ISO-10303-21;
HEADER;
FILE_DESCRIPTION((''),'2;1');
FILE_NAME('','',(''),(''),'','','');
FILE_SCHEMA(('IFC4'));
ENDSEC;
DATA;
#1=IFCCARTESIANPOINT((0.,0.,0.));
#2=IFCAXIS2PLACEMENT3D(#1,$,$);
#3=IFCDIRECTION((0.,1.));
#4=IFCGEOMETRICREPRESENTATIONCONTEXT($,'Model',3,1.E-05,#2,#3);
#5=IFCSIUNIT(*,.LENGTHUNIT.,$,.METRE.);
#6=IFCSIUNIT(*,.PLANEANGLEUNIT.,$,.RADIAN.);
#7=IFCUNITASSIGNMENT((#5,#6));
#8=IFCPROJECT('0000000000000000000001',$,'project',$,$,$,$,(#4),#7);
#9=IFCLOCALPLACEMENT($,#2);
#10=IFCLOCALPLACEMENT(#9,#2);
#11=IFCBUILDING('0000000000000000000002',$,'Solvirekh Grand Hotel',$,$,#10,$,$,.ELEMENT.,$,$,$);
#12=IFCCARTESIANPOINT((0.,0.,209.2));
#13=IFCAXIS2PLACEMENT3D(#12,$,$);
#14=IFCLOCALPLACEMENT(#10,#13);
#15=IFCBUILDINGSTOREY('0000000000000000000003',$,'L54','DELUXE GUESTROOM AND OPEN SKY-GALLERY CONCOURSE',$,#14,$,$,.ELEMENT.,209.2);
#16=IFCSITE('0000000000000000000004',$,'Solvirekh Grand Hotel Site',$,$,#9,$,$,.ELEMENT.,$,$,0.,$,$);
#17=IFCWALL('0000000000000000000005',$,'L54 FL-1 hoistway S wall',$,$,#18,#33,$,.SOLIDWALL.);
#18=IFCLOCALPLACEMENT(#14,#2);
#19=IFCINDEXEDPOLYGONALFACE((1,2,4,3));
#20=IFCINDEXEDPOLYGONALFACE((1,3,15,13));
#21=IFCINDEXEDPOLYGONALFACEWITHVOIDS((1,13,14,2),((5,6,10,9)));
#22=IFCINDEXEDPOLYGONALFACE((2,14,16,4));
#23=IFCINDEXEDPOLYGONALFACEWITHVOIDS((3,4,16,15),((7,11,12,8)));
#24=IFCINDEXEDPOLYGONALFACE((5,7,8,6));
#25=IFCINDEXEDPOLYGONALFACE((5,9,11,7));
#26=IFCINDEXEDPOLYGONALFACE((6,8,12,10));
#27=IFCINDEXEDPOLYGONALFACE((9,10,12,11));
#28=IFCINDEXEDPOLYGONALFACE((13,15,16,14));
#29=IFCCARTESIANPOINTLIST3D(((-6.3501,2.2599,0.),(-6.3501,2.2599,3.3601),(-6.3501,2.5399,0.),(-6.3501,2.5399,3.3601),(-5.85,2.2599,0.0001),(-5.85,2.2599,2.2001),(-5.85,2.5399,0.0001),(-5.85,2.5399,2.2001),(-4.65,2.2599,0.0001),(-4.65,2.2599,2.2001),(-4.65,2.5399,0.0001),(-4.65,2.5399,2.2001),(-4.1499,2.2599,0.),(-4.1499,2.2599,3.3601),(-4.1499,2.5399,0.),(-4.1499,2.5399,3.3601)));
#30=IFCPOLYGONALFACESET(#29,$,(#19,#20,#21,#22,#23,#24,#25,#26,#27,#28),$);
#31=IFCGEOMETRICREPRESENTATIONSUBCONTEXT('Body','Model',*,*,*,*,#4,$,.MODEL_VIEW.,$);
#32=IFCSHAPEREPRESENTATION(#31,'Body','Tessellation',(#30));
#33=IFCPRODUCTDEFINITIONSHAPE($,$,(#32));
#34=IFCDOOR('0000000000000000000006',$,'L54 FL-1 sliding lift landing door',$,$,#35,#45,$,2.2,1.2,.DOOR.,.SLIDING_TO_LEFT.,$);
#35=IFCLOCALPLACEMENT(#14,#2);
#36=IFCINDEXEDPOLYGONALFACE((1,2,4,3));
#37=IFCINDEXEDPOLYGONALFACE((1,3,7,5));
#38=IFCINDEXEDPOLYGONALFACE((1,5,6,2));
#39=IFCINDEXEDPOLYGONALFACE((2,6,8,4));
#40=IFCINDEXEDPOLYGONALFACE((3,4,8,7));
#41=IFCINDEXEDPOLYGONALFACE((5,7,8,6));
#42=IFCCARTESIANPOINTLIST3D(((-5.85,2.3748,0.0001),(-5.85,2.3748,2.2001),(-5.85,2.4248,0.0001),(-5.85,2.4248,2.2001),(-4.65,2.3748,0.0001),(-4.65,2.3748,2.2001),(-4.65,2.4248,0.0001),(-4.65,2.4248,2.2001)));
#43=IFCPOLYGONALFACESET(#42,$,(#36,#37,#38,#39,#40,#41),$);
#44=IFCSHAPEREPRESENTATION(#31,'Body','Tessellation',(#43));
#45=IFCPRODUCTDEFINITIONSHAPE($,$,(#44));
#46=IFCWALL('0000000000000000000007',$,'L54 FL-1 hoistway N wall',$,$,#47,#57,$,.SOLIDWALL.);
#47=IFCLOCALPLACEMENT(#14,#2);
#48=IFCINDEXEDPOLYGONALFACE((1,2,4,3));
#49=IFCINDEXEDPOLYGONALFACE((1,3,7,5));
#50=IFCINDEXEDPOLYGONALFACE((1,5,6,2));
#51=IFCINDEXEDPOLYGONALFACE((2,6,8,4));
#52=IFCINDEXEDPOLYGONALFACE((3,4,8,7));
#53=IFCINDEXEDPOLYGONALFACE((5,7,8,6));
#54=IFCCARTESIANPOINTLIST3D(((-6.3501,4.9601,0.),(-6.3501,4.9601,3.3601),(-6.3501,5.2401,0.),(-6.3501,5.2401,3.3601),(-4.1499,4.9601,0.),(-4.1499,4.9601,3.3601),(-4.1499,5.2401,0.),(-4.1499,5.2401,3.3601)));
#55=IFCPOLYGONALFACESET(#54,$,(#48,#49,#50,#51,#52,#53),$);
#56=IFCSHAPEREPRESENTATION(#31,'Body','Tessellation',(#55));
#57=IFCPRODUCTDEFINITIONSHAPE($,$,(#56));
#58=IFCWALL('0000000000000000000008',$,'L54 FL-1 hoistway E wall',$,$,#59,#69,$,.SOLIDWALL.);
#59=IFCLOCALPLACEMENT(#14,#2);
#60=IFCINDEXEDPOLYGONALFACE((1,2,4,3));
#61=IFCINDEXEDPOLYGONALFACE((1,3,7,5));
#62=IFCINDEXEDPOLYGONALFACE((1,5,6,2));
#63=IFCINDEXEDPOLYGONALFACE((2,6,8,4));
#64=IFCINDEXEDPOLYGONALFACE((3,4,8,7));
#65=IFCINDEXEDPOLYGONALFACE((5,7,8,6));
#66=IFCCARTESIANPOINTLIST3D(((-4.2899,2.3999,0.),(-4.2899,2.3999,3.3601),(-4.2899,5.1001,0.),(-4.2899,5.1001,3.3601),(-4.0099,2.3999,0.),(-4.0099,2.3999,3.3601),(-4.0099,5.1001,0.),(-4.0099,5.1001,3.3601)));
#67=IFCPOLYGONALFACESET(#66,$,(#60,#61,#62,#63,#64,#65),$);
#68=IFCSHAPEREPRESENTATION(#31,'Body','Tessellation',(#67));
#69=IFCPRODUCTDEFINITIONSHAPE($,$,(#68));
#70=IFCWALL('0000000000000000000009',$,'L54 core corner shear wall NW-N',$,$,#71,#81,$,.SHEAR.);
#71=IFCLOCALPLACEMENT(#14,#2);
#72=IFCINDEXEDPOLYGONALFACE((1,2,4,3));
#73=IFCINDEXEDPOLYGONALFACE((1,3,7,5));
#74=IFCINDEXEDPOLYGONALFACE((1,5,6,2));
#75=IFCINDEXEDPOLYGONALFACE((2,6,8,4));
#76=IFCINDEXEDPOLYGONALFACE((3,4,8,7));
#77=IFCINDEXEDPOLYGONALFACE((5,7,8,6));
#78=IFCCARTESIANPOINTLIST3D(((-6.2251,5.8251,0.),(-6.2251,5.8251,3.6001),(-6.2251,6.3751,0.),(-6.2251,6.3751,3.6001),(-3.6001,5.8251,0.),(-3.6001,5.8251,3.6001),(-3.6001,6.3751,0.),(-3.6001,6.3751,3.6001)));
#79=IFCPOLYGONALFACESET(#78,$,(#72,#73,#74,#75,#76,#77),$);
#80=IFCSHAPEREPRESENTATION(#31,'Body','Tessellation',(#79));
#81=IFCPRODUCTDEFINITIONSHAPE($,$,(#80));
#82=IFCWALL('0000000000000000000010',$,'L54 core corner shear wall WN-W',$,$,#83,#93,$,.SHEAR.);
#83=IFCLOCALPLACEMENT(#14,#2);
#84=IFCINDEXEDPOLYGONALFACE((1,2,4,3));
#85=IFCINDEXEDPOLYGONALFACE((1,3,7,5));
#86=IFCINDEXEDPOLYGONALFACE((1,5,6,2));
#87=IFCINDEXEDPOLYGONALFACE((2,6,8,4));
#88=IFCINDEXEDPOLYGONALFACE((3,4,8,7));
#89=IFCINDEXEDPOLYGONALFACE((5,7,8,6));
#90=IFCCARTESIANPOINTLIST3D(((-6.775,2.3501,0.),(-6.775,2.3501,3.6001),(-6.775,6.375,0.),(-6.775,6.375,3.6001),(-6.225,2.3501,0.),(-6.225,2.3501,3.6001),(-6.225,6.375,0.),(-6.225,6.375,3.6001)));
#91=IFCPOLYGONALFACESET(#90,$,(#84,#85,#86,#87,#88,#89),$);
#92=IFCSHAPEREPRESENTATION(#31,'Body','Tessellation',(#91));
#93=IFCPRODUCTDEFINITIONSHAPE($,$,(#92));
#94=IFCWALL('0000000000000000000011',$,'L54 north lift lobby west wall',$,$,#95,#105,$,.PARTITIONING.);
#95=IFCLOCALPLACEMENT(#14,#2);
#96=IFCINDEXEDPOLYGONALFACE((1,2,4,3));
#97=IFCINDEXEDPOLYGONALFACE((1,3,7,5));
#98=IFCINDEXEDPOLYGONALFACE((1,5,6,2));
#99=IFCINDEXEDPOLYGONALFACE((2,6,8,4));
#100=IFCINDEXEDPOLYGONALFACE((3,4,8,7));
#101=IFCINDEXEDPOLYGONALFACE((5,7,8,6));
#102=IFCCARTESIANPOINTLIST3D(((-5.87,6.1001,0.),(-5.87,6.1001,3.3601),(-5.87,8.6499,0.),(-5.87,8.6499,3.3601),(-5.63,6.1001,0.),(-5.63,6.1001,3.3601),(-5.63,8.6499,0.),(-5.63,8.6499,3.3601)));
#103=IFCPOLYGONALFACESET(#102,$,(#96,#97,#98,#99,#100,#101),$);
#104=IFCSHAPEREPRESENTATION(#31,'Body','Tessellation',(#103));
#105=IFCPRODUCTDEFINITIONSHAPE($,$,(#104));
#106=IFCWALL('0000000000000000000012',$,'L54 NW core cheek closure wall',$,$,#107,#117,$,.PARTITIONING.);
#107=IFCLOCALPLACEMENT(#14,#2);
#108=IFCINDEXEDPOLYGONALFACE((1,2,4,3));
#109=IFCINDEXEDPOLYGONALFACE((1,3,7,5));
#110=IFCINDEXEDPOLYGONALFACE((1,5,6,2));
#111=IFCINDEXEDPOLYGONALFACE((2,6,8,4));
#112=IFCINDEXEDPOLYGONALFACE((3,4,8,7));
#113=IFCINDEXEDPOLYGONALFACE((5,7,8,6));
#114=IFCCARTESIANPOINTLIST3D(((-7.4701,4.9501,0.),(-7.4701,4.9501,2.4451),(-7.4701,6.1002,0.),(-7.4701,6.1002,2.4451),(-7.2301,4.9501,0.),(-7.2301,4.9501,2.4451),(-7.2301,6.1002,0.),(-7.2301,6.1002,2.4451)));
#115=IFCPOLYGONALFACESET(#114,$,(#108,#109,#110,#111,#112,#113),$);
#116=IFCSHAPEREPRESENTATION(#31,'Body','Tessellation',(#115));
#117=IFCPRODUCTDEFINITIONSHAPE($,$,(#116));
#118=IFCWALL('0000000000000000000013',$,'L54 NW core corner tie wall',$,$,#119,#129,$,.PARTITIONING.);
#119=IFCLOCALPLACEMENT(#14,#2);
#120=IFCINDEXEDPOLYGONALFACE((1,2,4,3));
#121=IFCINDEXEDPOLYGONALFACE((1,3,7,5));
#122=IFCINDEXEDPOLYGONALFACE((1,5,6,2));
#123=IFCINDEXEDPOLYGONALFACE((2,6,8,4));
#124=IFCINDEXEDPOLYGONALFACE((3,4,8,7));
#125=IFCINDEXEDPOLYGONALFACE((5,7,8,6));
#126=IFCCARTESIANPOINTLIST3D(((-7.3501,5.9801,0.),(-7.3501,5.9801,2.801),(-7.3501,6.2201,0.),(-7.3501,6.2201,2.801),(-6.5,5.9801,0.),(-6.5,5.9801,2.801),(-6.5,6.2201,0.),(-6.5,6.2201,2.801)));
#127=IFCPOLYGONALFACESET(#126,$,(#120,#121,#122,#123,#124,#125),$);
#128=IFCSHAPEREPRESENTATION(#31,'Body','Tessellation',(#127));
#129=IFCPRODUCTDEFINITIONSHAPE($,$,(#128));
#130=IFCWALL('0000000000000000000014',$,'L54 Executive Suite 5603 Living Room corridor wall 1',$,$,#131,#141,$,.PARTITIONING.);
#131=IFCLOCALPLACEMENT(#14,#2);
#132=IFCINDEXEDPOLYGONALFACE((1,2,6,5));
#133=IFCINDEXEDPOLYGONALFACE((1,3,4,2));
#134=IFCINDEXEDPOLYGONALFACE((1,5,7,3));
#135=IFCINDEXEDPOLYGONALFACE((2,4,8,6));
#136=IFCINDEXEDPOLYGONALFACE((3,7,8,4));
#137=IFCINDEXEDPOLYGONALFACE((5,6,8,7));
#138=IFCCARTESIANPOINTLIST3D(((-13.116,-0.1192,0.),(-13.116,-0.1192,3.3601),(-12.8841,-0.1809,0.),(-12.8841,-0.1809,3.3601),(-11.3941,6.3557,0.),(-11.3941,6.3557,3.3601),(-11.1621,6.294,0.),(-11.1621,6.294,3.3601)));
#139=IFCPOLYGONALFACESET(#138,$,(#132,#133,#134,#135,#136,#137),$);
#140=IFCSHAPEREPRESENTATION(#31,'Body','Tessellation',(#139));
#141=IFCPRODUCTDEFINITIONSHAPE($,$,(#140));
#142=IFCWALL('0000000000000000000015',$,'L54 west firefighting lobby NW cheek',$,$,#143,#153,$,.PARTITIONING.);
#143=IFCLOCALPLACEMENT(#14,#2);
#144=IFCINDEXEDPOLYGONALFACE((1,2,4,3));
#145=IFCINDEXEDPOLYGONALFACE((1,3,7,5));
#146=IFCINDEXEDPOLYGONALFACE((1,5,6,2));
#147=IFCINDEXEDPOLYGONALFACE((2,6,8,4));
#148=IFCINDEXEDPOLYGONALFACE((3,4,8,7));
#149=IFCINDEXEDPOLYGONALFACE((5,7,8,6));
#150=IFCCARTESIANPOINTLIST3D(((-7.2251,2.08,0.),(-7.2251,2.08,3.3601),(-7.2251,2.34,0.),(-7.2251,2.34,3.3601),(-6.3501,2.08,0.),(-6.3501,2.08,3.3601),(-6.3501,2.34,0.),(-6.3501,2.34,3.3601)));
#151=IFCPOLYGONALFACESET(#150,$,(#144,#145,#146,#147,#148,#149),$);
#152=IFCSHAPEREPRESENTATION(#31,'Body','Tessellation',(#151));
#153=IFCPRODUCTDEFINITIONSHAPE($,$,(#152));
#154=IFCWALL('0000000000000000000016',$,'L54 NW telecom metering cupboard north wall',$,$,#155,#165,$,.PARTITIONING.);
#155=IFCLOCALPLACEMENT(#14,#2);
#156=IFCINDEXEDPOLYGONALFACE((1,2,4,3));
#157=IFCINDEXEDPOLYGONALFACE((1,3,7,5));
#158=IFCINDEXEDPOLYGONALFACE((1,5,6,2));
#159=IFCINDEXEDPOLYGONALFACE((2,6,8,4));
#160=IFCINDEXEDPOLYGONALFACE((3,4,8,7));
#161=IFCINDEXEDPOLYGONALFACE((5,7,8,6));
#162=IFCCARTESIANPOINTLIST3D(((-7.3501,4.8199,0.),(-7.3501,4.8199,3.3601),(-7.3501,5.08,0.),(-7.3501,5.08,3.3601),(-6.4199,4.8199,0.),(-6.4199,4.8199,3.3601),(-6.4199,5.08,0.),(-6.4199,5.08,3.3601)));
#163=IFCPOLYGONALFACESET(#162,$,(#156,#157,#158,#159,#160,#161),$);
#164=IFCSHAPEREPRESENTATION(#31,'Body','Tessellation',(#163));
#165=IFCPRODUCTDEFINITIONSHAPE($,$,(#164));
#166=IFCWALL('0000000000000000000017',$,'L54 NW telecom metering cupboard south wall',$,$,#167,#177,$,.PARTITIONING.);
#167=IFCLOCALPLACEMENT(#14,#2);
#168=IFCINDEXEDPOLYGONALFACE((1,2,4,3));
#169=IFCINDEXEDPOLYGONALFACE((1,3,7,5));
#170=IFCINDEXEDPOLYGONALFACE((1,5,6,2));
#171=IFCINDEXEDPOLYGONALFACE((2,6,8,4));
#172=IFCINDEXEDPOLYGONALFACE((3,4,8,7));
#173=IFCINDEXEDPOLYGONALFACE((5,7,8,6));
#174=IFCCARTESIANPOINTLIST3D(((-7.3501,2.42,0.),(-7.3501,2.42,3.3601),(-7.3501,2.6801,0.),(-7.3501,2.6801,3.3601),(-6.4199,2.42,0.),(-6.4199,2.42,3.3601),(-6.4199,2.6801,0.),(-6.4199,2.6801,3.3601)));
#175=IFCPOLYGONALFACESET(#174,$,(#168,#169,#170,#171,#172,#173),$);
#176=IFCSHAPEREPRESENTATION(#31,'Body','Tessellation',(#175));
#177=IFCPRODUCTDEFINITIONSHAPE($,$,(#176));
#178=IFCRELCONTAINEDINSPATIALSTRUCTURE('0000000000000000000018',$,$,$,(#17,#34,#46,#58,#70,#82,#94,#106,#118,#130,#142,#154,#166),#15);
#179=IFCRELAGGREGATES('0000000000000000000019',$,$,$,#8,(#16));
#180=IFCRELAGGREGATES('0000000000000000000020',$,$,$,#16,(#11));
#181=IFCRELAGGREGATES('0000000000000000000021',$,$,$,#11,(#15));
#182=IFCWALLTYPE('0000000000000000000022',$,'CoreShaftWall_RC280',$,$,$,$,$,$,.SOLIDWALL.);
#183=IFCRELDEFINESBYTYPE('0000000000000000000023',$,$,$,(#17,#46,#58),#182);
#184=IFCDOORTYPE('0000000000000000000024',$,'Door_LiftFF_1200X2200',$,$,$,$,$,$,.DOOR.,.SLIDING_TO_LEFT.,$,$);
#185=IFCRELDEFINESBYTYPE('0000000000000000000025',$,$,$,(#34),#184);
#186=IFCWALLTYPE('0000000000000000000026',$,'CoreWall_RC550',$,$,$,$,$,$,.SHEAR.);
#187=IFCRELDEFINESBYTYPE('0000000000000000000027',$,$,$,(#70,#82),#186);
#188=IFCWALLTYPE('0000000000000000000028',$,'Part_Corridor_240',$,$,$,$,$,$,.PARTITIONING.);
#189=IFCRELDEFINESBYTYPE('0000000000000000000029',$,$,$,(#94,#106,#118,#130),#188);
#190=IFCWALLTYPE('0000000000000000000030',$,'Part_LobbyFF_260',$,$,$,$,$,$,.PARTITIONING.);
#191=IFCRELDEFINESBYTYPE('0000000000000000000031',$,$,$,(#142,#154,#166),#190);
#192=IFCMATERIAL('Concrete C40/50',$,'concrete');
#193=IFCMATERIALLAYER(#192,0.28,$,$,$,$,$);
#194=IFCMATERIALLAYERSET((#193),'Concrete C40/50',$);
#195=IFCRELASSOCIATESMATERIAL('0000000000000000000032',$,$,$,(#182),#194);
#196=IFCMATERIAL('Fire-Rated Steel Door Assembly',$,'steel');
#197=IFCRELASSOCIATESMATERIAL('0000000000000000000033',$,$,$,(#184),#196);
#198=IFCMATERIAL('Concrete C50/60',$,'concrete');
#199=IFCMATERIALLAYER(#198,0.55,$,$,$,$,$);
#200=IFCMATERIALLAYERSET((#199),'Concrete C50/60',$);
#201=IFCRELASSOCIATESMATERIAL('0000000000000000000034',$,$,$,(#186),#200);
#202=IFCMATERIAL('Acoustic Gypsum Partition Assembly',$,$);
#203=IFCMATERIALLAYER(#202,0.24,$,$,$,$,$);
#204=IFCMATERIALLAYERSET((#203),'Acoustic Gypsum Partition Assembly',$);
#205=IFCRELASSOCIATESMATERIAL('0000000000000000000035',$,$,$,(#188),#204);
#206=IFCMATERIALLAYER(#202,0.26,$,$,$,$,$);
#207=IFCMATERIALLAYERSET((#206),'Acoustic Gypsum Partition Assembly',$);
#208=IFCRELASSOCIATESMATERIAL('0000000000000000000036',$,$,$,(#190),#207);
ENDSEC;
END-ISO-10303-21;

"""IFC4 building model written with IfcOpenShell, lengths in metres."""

from ifc_helpers import new_model, si_unit, direction, frame, frame_2d, origin, place, context, subcontext, project, spatial, rectangle, extrude, material, layer, layer_set, type_object, element, fill, save


model = new_model("IFC4")

# Units and contexts
model_context = context("Model", 3, precision=1e-05, world=origin(), true_north=direction((0.0, 1.0)))
body_context = subcontext(model_context, "Body", "Model", "MODEL_VIEW")
ifc_project = project(units=[si_unit("LENGTHUNIT", "METRE"), si_unit("PLANEANGLEUNIT", "RADIAN")], contexts=[model_context])

# Site, building, storey
site_placement = place(None, origin())
site = spatial("IfcSite", under=ifc_project, at=site_placement, Name="Solvirekh Grand Hotel Site", CompositionType="ELEMENT", RefElevation=0.0)
building_placement = place(site_placement, origin())
building = spatial("IfcBuilding", under=site, at=building_placement, Name="Solvirekh Grand Hotel", CompositionType="ELEMENT")
storey_placement = place(building_placement, frame((0.0, 0.0, 209.2)))
storey = spatial("IfcBuildingStorey", under=building, at=storey_placement, Name="L54", Description="DELUXE GUESTROOM AND OPEN SKY-GALLERY CONCOURSE", CompositionType="ELEMENT", Elevation=209.2)

# Shared definitions
ifc_material_1 = material(Name="Concrete C50/60", Category="concrete")

# Shared definitions
ifc_material_2 = material(Name="Concrete C40/50", Category="concrete")
ifc_layer_1 = layer(ifc_material_2, 0.28)
ifc_layer_set_1 = layer_set([ifc_layer_1], Name="Concrete C40/50")
wall_type_1 = type_object("IfcWallType", Name="CoreShaftWall_RC280", PredefinedType="SOLIDWALL", material=ifc_layer_set_1)
ifc_material_3 = material(Name="Fire-Rated Steel Door Assembly", Category="steel")

# Wall, opening, door
wall_1_placement = place(storey_placement, frame((-6.3501, 2.3999, 0.0), z_axis=(0.0, 0.0, 1.0), x_axis=(1.0, 0.0, 0.0)))
wall_1 = element("IfcWall", 1, at=wall_1_placement, inside=storey, type_object=wall_type_1, Name="L54 FL-1 hoistway S wall", PredefinedType="SOLIDWALL", context=body_context, shape_type="SweptSolid", body=[
    extrude(rectangle(XDim=2.2002, YDim=0.28, at=frame_2d((1.1001, 0.0))), origin(), (0.0, 0.0, 1.0), 3.3601),
])
opening_1_placement = place(wall_1_placement, frame((0.5, 0.0, 0.0)))
opening_1 = element("IfcOpeningElement", 2, at=opening_1_placement, cuts=wall_1, PredefinedType="OPENING", context=body_context, shape_type="SweptSolid", body=[
    extrude(rectangle(XDim=1.2, YDim=2.2, at=frame_2d((0.6001, 1.1001))), frame((0.0, 0.1499, 0.0), z_axis=(0.0, -1.0, 0.0), x_axis=(1.0, 0.0, 0.0)), (0.0, 0.0, 1.0), 0.3),
])
door_type_1 = type_object("IfcDoorType", Name="Door_LiftFF_1200X2200", OperationType="SLIDING_TO_LEFT", PredefinedType="DOOR", material=ifc_material_3)
door_1_placement = place(opening_1_placement, origin())
door_1 = element("IfcDoor", 3, at=door_1_placement, inside=storey, type_object=door_type_1, Name="L54 FL-1 sliding lift landing door", OperationType="SLIDING_TO_LEFT", OverallHeight=2.2, OverallWidth=1.2, PredefinedType="DOOR", context=body_context, shape_type="SweptSolid", body=[
    extrude(rectangle(XDim=1.2, YDim=2.2, at=frame_2d((0.6001, 1.1001))), frame((0.0, 0.0249, 0.0), z_axis=(0.0, -1.0, 0.0), x_axis=(1.0, 0.0, 0.0)), (0.0, 0.0, 1.0), 0.05),
])
fill(opening_1, door_1)

# Walls
wall_2_placement = place(storey_placement, frame((-4.1499, 5.1001, 0.0), z_axis=(0.0, 0.0, 1.0), x_axis=(-1.0, 0.0, 0.0)))
element("IfcWall", 4, at=wall_2_placement, inside=storey, type_object=wall_type_1, Name="L54 FL-1 hoistway N wall", PredefinedType="SOLIDWALL", context=body_context, shape_type="SweptSolid", body=[
    extrude(rectangle(XDim=2.2002, YDim=0.28, at=frame_2d((1.1001, 0.0))), origin(), (0.0, 0.0, 1.0), 3.3601),
])
wall_3_placement = place(storey_placement, frame((-4.1499, 2.3999, 0.0), z_axis=(0.0, 0.0, 1.0), x_axis=(0.0, 1.0, 0.0)))
element("IfcWall", 5, at=wall_3_placement, inside=storey, type_object=wall_type_1, Name="L54 FL-1 hoistway E wall", PredefinedType="SOLIDWALL", context=body_context, shape_type="SweptSolid", body=[
    extrude(rectangle(XDim=2.7002, YDim=0.28, at=frame_2d((1.3501, 0.0))), origin(), (0.0, 0.0, 1.0), 3.3601),
])
ifc_layer_2 = layer(ifc_material_1, 0.55)
ifc_layer_set_2 = layer_set([ifc_layer_2], Name="Concrete C50/60")
wall_type_2 = type_object("IfcWallType", Name="CoreWall_RC550", PredefinedType="SHEAR", material=ifc_layer_set_2)
wall_4_placement = place(storey_placement, frame((-6.2251, 6.1001, 0.0), z_axis=(0.0, 0.0, 1.0), x_axis=(1.0, 0.0, 0.0)))
element("IfcWall", 6, at=wall_4_placement, inside=storey, type_object=wall_type_2, Name="L54 core corner shear wall NW-N", PredefinedType="SHEAR", context=body_context, shape_type="SweptSolid", body=[
    extrude(rectangle(XDim=2.625, YDim=0.55, at=frame_2d((1.3125, 0.0))), origin(), (0.0, 0.0, 1.0), 3.6001),
])
wall_5_placement = place(storey_placement, frame((-6.5, 2.3501, 0.0), z_axis=(0.0, 0.0, 1.0), x_axis=(0.0, 1.0, 0.0)))
element("IfcWall", 7, at=wall_5_placement, inside=storey, type_object=wall_type_2, Name="L54 core corner shear wall WN-W", PredefinedType="SHEAR", context=body_context, shape_type="SweptSolid", body=[
    extrude(rectangle(XDim=4.0249, YDim=0.55, at=frame_2d((2.0125, 0.0))), origin(), (0.0, 0.0, 1.0), 3.6001),
])
ifc_material_4 = material(Name="Acoustic Gypsum Partition Assembly")
ifc_layer_3 = layer(ifc_material_4, 0.24)
ifc_layer_set_3 = layer_set([ifc_layer_3], Name="Acoustic Gypsum Partition Assembly")
wall_type_3 = type_object("IfcWallType", Name="Part_Corridor_240", PredefinedType="PARTITIONING", material=ifc_layer_set_3)
wall_6_placement = place(storey_placement, frame((-5.75, 6.1001, 0.0), z_axis=(0.0, 0.0, 1.0), x_axis=(0.0, 1.0, 0.0)))
element("IfcWall", 8, at=wall_6_placement, inside=storey, type_object=wall_type_3, Name="L54 north lift lobby west wall", PredefinedType="PARTITIONING", context=body_context, shape_type="SweptSolid", body=[
    extrude(rectangle(XDim=2.5498, YDim=0.24, at=frame_2d((1.2749, 0.0))), origin(), (0.0, 0.0, 1.0), 3.3601),
])
wall_7_placement = place(storey_placement, frame((-7.3501, 4.95, 0.0), z_axis=(0.0, 0.0, 1.0), x_axis=(0.0, 1.0, 0.0)))
element("IfcWall", 9, at=wall_7_placement, inside=storey, type_object=wall_type_3, Name="L54 NW core cheek closure wall", PredefinedType="PARTITIONING", context=body_context, shape_type="SweptSolid", body=[
    extrude(rectangle(XDim=1.1501, YDim=0.24, at=frame_2d((0.5752, 0.0))), origin(), (0.0, 0.0, 1.0), 2.4451),
])
wall_8_placement = place(storey_placement, frame((-7.3501, 6.1001, 0.0), z_axis=(0.0, 0.0, 1.0), x_axis=(1.0, 0.0, 0.0)))
element("IfcWall", 10, at=wall_8_placement, inside=storey, type_object=wall_type_3, Name="L54 NW core corner tie wall", PredefinedType="PARTITIONING", context=body_context, shape_type="SweptSolid", body=[
    extrude(rectangle(XDim=0.8501, YDim=0.24, at=frame_2d((0.425, 0.0))), origin(), (0.0, 0.0, 1.0), 2.801),
])
wall_9_placement = place(storey_placement, frame((-11.2781, 6.325, 0.0), z_axis=(0.0, 0.0, 1.0), x_axis=(-0.257007, -0.96641, 0.0)))
element("IfcWall", 11, at=wall_9_placement, inside=storey, type_object=wall_type_3, Name="L54 Executive Suite 5603 Living Room corridor wall 1", PredefinedType="PARTITIONING", context=body_context, shape_type="SweptSolid", body=[
    extrude(rectangle(XDim=6.7, YDim=0.24, at=frame_2d((3.3501, 0.0))), origin(), (0.0, 0.0, 1.0), 3.3601),
])
ifc_layer_4 = layer(ifc_material_4, 0.26)
ifc_layer_set_4 = layer_set([ifc_layer_4], Name="Acoustic Gypsum Partition Assembly")
wall_type_4 = type_object("IfcWallType", Name="Part_LobbyFF_260", PredefinedType="PARTITIONING", material=ifc_layer_set_4)
wall_10_placement = place(storey_placement, frame((-7.2251, 2.21, 0.0), z_axis=(0.0, 0.0, 1.0), x_axis=(1.0, 0.0, 0.0)))
element("IfcWall", 12, at=wall_10_placement, inside=storey, type_object=wall_type_4, Name="L54 west firefighting lobby NW cheek", PredefinedType="PARTITIONING", context=body_context, shape_type="SweptSolid", body=[
    extrude(rectangle(XDim=0.875, YDim=0.26, at=frame_2d((0.4375, 0.0))), origin(), (0.0, 0.0, 1.0), 3.3601),
])
for number, where, z_axis, x_axis, name in (
    (13, (-7.3501, 4.95, 0.0), (0.0, 0.0, 1.0), (1.0, 0.0, 0.0), "L54 NW telecom metering cupboard north wall"),
    (14, (-7.3501, 2.55, 0.0), (0.0, 0.0, 1.0), (1.0, 0.0, 0.0), "L54 NW telecom metering cupboard south wall"),
):
    element("IfcWall", number, at=place(storey_placement, frame(where, z_axis=z_axis, x_axis=x_axis)), inside=storey, type_object=wall_type_4, Name=name, PredefinedType="PARTITIONING", context=body_context, shape_type="SweptSolid", body=[
        extrude(rectangle(XDim=0.9302, YDim=0.26, at=frame_2d((0.4651, 0.0))), origin(), (0.0, 0.0, 1.0), 3.3601),
    ])

save(model, "model.ifc")
